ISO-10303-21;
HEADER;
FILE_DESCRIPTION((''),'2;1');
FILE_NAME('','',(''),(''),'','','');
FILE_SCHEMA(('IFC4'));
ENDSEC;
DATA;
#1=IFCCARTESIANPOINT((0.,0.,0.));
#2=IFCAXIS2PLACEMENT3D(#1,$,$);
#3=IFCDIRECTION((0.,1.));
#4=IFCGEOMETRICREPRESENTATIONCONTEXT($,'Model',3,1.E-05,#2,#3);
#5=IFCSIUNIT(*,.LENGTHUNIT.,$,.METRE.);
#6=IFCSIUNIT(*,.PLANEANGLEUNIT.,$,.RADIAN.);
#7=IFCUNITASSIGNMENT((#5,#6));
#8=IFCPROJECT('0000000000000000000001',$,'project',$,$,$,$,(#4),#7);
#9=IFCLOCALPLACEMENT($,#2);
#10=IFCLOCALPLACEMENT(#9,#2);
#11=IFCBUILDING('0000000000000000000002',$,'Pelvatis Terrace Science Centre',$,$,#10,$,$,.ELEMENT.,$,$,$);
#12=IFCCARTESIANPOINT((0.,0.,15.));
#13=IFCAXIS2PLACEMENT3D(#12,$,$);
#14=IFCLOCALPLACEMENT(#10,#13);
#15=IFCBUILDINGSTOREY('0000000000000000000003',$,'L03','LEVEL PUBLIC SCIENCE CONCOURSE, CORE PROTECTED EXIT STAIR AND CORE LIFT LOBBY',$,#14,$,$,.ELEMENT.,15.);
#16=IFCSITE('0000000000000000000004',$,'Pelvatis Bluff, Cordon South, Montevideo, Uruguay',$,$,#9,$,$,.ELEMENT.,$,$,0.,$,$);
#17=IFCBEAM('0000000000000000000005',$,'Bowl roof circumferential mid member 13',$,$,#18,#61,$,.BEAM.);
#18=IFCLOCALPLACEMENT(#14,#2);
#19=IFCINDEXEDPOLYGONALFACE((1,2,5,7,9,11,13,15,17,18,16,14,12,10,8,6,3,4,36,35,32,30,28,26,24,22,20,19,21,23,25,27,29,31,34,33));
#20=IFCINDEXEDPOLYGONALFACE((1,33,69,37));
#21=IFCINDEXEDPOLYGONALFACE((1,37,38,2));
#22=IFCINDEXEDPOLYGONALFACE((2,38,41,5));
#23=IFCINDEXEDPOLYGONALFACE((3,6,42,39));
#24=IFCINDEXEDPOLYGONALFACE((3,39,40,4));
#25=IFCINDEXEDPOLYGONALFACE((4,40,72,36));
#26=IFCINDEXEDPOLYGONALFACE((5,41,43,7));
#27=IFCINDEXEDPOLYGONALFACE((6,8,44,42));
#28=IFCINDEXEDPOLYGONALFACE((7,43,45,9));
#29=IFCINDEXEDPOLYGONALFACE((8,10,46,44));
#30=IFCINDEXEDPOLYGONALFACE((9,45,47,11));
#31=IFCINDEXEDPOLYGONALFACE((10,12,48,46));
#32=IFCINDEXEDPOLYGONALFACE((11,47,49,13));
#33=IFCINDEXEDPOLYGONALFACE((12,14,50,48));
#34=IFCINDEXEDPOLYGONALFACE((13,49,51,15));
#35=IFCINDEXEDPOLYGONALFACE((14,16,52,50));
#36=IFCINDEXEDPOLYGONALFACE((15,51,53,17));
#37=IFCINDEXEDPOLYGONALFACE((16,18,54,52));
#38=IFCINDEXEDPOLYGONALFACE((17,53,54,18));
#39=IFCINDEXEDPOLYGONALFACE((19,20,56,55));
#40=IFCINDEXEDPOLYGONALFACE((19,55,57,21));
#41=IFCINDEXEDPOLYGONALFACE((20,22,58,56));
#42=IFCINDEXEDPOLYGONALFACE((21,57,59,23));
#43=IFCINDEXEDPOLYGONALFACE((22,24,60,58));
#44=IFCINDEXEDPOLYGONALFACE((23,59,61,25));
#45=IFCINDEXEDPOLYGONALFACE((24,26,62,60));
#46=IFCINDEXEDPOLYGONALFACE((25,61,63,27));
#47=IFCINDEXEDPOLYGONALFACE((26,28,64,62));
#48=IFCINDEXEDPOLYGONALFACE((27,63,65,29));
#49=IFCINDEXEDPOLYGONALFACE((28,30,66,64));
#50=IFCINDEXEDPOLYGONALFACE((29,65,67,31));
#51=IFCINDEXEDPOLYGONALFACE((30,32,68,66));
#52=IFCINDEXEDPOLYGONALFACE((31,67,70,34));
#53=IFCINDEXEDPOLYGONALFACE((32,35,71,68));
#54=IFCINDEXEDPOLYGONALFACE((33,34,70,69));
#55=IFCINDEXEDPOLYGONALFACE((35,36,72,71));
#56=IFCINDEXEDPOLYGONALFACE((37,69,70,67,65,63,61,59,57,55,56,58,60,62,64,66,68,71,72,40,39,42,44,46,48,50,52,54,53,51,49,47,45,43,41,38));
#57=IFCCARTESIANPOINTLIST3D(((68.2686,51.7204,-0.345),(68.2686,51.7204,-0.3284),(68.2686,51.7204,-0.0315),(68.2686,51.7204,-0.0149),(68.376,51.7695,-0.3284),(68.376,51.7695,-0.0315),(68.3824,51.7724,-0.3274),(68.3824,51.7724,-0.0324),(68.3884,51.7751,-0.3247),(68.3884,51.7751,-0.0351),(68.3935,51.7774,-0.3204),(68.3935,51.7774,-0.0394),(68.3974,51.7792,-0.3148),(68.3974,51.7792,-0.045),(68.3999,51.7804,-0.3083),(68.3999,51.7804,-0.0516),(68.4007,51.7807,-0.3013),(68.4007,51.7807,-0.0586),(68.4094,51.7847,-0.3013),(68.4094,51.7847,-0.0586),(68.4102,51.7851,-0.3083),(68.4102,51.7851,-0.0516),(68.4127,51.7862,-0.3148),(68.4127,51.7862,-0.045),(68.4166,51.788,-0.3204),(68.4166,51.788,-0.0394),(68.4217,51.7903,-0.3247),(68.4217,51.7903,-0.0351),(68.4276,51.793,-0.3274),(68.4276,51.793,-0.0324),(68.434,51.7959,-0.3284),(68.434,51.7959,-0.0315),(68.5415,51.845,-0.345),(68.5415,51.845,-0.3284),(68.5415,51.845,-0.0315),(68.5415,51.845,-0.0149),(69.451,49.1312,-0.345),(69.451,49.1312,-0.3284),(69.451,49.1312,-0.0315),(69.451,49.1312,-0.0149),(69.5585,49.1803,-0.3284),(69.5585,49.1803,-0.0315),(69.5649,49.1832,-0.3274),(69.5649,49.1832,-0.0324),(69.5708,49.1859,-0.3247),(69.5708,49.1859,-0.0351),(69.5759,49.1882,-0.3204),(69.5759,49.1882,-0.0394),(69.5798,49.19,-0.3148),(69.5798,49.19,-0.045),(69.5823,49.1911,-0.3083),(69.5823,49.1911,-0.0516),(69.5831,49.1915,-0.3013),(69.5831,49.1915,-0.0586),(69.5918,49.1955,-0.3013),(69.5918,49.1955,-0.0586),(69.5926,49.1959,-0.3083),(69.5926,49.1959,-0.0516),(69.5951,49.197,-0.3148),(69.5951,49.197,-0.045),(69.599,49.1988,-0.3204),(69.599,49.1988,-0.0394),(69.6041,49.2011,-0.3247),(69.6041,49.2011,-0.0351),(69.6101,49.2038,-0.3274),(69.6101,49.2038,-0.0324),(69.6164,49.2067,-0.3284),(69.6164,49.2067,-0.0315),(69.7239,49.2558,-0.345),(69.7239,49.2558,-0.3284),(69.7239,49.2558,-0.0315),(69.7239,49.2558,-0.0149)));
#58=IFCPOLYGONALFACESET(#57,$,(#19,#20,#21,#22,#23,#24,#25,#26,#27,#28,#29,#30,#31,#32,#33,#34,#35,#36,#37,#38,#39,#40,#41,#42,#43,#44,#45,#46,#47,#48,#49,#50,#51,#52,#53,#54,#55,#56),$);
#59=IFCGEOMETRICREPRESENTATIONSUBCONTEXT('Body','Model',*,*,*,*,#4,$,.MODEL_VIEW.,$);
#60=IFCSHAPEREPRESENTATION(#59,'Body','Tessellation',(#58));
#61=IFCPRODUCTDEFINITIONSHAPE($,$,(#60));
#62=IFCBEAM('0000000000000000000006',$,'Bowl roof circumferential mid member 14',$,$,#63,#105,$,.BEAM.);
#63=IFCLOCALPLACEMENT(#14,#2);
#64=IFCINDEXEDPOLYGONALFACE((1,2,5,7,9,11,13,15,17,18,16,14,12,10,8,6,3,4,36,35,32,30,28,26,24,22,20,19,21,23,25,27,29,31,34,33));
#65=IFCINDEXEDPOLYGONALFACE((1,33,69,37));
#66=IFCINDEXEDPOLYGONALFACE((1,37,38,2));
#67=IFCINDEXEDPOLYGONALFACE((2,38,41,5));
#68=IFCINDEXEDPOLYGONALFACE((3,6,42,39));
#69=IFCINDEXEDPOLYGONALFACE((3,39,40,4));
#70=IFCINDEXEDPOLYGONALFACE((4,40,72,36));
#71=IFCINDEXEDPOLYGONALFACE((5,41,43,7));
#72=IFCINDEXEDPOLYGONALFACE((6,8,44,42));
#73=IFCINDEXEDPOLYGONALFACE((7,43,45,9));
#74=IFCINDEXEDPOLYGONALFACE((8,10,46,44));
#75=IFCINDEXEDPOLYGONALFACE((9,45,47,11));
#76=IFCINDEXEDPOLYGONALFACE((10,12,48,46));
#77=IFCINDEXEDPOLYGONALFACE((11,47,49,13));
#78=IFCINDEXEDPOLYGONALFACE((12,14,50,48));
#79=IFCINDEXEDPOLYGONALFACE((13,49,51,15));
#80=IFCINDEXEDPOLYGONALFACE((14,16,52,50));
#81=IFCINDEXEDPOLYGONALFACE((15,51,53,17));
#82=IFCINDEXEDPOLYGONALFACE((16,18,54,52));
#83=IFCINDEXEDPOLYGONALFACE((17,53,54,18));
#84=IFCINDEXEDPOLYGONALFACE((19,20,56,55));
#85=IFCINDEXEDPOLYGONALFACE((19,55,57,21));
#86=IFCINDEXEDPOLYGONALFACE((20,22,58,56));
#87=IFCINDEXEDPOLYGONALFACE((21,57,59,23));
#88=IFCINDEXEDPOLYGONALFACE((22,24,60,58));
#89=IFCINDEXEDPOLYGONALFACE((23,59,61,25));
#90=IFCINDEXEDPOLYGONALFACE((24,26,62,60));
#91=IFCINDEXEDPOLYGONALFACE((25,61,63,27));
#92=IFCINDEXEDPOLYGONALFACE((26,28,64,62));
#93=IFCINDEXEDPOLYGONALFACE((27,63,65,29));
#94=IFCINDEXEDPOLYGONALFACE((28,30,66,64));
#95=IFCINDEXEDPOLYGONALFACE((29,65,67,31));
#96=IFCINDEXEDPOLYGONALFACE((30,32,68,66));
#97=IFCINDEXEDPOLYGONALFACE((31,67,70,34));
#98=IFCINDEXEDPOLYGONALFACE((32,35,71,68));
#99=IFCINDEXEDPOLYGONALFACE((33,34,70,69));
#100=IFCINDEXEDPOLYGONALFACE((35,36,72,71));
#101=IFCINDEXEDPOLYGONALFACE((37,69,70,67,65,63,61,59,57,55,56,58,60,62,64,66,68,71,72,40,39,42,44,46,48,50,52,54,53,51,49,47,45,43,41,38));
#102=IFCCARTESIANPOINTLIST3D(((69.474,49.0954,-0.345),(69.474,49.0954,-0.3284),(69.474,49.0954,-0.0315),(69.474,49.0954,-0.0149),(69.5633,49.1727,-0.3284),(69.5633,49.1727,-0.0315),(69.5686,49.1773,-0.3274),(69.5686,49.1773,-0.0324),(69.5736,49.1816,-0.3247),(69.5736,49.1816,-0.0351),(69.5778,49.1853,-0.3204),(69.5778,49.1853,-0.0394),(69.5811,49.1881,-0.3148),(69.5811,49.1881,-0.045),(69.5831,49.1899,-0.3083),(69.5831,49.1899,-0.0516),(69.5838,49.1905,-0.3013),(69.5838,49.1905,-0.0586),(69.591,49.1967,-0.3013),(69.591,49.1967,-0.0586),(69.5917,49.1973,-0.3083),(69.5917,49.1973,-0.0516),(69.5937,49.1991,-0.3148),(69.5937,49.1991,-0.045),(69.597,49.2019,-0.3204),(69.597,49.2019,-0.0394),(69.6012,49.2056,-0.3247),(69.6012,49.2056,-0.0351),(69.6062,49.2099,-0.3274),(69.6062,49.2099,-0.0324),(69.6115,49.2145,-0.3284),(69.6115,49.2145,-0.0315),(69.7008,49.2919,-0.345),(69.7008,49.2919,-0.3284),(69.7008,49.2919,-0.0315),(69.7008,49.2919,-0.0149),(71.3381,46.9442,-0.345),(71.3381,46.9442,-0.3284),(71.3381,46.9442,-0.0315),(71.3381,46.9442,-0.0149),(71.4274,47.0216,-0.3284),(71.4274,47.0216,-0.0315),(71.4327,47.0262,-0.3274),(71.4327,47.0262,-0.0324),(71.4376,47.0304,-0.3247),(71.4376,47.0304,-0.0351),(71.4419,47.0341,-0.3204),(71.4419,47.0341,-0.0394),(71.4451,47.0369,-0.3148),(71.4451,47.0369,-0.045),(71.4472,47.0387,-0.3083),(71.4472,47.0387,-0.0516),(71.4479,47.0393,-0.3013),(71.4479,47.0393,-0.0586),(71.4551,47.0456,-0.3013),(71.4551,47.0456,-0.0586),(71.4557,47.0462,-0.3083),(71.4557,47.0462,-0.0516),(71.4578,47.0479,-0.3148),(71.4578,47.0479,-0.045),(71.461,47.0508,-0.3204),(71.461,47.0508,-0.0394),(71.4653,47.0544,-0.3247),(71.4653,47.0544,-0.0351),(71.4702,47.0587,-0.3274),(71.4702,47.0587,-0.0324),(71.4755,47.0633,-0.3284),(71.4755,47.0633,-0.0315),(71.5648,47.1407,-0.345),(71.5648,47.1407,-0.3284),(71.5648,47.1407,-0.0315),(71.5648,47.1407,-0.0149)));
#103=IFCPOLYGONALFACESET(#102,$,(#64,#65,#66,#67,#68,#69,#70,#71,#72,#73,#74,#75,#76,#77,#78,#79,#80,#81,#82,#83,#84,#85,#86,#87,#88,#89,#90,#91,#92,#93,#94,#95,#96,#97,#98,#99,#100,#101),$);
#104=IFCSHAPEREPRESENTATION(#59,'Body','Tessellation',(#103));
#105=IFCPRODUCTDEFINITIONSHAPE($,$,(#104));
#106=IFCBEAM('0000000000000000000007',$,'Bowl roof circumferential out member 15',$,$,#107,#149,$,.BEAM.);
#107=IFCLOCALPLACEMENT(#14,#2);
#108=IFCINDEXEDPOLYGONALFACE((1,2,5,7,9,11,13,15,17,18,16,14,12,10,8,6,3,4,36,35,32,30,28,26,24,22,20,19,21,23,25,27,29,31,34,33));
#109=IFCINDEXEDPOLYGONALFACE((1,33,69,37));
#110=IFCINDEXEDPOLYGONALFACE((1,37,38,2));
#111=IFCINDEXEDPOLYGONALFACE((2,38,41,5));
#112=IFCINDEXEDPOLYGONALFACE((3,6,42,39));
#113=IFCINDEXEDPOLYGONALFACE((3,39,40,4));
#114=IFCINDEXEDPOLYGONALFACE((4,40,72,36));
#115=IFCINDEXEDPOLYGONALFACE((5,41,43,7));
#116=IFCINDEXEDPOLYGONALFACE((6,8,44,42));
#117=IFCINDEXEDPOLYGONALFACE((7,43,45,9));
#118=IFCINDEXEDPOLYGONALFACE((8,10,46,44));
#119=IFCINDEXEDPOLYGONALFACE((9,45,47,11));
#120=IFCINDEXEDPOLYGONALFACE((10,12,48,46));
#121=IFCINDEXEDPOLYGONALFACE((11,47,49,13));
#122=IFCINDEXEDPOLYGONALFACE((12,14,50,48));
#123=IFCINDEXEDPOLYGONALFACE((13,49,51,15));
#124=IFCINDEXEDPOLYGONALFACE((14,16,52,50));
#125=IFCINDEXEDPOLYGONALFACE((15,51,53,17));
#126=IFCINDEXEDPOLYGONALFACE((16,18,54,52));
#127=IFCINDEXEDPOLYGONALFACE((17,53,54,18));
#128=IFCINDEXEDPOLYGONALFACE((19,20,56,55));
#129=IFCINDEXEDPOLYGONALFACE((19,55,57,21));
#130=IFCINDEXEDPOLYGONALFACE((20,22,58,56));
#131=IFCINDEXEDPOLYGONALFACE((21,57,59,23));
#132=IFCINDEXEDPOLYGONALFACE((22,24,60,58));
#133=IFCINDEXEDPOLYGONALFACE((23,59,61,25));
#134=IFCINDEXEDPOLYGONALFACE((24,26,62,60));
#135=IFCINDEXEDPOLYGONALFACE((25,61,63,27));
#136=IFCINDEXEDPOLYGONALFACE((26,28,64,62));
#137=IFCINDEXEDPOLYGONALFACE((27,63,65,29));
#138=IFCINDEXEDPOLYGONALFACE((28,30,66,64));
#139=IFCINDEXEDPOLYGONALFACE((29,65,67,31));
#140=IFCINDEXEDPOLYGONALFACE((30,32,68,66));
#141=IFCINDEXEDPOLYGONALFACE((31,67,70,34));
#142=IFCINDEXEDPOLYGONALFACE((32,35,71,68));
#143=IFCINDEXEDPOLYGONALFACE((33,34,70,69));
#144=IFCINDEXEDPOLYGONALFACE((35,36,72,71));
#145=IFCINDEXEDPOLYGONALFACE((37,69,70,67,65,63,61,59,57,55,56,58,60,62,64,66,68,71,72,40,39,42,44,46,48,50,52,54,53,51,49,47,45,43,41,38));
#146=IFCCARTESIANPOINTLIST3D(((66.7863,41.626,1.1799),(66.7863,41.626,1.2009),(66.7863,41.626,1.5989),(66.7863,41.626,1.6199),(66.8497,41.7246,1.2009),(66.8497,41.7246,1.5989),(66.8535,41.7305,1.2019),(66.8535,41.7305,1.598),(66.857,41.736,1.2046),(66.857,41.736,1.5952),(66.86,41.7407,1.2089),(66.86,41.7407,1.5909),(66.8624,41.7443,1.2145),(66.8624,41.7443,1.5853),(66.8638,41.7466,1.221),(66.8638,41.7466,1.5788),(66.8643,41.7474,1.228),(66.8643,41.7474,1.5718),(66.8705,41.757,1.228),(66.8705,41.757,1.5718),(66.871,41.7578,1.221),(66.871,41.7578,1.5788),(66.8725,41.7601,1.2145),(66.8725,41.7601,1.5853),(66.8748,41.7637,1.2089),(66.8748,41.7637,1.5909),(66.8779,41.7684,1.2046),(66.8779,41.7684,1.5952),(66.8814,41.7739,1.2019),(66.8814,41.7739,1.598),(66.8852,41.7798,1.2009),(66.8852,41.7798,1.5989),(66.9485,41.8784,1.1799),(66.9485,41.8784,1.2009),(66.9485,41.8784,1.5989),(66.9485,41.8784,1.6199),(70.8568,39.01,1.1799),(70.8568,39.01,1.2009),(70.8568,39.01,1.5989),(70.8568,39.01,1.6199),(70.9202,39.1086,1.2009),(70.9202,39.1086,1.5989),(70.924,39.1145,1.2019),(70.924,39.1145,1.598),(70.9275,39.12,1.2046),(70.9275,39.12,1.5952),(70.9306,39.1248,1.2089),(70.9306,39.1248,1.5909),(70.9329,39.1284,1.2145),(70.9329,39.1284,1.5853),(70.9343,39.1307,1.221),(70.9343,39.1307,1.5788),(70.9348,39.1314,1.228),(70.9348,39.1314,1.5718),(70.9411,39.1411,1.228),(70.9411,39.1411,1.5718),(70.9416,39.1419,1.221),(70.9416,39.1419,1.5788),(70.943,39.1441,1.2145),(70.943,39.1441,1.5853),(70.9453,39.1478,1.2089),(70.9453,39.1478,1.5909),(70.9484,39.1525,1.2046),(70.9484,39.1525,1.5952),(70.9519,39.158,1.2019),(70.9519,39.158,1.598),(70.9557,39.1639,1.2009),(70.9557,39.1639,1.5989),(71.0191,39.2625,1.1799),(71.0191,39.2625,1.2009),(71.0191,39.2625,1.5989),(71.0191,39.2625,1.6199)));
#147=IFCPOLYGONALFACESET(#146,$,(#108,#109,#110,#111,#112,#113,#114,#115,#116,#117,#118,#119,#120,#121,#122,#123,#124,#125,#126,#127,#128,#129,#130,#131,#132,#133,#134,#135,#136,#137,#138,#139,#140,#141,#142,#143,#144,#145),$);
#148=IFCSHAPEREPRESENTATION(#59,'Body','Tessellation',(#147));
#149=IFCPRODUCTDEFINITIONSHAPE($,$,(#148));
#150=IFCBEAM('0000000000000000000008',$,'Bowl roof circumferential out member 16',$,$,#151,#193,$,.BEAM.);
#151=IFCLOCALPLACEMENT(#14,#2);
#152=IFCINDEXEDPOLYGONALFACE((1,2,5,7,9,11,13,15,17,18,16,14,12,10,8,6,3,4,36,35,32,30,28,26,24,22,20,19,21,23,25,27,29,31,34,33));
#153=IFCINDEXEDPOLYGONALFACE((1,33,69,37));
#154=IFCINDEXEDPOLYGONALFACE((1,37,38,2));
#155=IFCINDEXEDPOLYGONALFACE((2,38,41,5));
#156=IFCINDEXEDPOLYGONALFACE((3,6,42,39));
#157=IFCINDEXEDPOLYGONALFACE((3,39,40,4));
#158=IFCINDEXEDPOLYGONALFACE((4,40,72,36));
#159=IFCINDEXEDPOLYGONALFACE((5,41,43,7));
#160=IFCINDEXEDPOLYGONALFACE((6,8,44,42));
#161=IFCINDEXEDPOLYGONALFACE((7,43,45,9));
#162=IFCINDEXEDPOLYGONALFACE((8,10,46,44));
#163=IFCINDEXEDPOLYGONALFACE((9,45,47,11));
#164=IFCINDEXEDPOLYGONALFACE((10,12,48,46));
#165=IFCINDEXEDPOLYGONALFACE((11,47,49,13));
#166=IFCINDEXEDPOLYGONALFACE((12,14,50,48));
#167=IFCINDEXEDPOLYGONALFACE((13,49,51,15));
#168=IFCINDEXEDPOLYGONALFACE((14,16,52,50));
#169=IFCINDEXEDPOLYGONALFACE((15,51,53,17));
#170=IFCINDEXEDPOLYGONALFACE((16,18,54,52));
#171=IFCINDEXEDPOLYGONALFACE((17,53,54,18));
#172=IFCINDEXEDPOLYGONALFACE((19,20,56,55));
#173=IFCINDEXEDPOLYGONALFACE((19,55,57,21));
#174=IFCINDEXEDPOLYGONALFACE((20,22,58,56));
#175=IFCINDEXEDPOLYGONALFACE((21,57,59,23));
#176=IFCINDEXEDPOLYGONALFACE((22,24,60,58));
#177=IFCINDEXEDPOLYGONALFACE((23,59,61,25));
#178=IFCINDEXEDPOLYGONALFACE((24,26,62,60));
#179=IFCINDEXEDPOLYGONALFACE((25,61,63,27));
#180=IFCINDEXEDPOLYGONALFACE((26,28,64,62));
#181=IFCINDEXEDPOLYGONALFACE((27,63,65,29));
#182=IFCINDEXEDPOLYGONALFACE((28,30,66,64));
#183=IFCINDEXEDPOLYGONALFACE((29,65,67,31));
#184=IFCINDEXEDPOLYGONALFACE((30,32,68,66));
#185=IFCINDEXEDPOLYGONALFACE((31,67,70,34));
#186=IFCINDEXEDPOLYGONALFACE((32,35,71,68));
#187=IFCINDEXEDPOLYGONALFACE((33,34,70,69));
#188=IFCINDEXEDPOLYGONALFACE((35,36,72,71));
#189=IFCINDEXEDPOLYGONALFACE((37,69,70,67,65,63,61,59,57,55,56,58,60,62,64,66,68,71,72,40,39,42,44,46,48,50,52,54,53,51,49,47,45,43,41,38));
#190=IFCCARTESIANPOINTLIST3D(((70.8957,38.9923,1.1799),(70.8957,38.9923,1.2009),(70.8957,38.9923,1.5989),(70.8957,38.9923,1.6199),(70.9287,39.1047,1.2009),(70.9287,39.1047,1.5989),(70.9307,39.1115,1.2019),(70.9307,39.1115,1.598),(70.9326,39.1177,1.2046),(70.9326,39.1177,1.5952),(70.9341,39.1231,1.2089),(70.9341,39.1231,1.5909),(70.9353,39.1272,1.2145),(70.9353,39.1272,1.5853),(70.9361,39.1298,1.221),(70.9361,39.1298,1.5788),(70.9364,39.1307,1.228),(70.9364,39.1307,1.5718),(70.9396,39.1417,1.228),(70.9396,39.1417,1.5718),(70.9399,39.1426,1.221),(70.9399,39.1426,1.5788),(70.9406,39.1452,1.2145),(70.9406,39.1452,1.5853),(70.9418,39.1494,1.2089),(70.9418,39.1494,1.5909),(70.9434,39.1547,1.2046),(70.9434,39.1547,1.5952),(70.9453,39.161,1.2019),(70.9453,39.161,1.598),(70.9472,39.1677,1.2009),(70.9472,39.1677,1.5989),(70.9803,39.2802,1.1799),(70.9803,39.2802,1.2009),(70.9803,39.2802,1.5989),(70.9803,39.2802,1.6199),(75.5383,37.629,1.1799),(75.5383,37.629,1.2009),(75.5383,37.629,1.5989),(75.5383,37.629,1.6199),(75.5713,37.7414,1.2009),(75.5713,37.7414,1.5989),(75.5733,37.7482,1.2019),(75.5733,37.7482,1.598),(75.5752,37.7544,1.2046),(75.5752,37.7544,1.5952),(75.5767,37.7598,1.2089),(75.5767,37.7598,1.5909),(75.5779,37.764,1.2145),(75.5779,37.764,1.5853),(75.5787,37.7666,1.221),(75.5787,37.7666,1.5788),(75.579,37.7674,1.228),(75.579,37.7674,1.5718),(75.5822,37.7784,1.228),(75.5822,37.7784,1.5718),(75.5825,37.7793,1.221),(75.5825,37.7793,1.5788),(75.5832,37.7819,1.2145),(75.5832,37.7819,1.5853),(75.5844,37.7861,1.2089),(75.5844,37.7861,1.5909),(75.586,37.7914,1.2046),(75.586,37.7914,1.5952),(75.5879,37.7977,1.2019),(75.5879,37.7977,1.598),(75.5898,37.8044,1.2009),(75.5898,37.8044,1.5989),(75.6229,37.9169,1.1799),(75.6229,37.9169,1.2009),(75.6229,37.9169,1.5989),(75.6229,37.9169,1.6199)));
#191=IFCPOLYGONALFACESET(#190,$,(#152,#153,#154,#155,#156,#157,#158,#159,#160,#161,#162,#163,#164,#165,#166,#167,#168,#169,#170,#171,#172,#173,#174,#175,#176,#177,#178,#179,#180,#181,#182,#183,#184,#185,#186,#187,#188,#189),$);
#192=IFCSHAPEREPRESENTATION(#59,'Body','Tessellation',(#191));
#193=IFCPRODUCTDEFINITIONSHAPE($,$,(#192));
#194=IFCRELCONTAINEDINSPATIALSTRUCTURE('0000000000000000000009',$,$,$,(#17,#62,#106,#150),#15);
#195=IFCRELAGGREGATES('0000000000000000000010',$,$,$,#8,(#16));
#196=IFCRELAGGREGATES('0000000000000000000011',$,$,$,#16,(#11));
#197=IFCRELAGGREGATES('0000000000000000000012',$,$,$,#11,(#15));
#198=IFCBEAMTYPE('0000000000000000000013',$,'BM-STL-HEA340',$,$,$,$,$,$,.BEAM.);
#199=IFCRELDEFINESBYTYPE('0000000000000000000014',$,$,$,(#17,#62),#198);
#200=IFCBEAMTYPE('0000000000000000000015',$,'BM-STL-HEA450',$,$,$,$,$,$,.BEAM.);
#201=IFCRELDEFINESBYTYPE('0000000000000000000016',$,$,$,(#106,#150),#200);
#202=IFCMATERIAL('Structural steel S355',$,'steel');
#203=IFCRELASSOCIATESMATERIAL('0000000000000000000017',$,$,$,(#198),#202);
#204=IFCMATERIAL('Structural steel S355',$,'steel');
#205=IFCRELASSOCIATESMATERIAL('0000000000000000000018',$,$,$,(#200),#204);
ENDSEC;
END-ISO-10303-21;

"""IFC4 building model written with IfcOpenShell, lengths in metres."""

from ifc_helpers import new_model, si_unit, direction, frame, origin, origin_2d, place, context, subcontext, project, spatial, i_section, extrude, material, material_profile, profile_set, type_object, element, save


model = new_model("IFC4")

# Units and contexts
model_context = context("Model", 3, precision=1e-05, world=origin(), true_north=direction((0.0, 1.0)))
body_context = subcontext(model_context, "Body", "Model", "MODEL_VIEW")
ifc_project = project(units=[si_unit("LENGTHUNIT", "METRE"), si_unit("PLANEANGLEUNIT", "RADIAN")], contexts=[model_context])

# Site, building, storey
site_placement = place(None, origin())
site = spatial("IfcSite", under=ifc_project, at=site_placement, Name="Pelvatis Bluff, Cordon South, Montevideo, Uruguay", CompositionType="ELEMENT", RefElevation=0.0)
building_placement = place(site_placement, origin())
building = spatial("IfcBuilding", under=site, at=building_placement, Name="Pelvatis Terrace Science Centre", CompositionType="ELEMENT")
storey_placement = place(building_placement, frame((0.0, 0.0, 15.0)))
storey = spatial("IfcBuildingStorey", under=building, at=storey_placement, Name="L03", Description="LEVEL PUBLIC SCIENCE CONCOURSE, CORE PROTECTED EXIT STAIR AND CORE LIFT LOBBY", CompositionType="ELEMENT", Elevation=15.0)

# Beams
ifc_material_1 = material(Name="Structural steel S355", Category="steel")
ifc_material_profile_1 = material_profile(ifc_material_1, i_section(OverallWidth=0.3, OverallDepth=0.3301, WebThickness=0.0095, FlangeThickness=0.0166, FilletRadius=0.0271, at=origin_2d()), Name="HEA 340")
ifc_profile_set_1 = profile_set([ifc_material_profile_1], Name="Structural steel S355")
beam_type_1 = type_object("IfcBeamType", Name="BM-STL-HEA340", PredefinedType="BEAM", material=ifc_profile_set_1)
for number, where, z_axis, x_axis, name in (
    (1, (68.405, 51.7827, -0.1799), (0.415405, -0.909637, 0.0), (0.909637, 0.415405, 0.0), "Bowl roof circumferential mid member 13"),
    (2, (69.5874, 49.1936, -0.1799), (0.654872, -0.75574, 0.0), (0.75574, 0.654872, 0.0), "Bowl roof circumferential mid member 14"),
):
    element("IfcBeam", number, at=place(storey_placement, frame(where, z_axis=z_axis, x_axis=x_axis)), inside=storey, type_object=beam_type_1, Name=name, PredefinedType="BEAM", context=body_context, shape_type="SweptSolid", body=[
        extrude(i_section(OverallWidth=0.3, OverallDepth=0.3301, WebThickness=0.0095, FlangeThickness=0.0166, FilletRadius=0.0271, at=origin_2d()), origin(), (0.0, 0.0, 1.0), 2.8464),
    ])
ifc_material_2 = material(Name="Structural steel S355", Category="steel")
ifc_material_profile_2 = material_profile(ifc_material_2, i_section(OverallWidth=0.3, OverallDepth=0.4399, WebThickness=0.0115, FlangeThickness=0.021, FilletRadius=0.0271, at=origin_2d()), Name="HEA 450")
ifc_profile_set_2 = profile_set([ifc_material_profile_2], Name="Structural steel S355")
beam_type_2 = type_object("IfcBeamType", Name="BM-STL-HEA450", PredefinedType="BEAM", material=ifc_profile_set_2)
for number, where, z_axis, x_axis, name in (
    (3, (66.8674, 41.7522, 1.3999), (0.841256, -0.540638, 0.0), (0.540638, 0.841256, 0.0), "Bowl roof circumferential out member 15"),
    (4, (70.938, 39.1362, 1.3999), (0.959488, -0.281751, 0.0), (0.281751, 0.959488, 0.0), "Bowl roof circumferential out member 16"),
):
    element("IfcBeam", number, at=place(storey_placement, frame(where, z_axis=z_axis, x_axis=x_axis)), inside=storey, type_object=beam_type_2, Name=name, PredefinedType="BEAM", context=body_context, shape_type="SweptSolid", body=[
        extrude(i_section(OverallWidth=0.3, OverallDepth=0.4399, WebThickness=0.0115, FlangeThickness=0.021, FilletRadius=0.0271, at=origin_2d()), origin(), (0.0, 0.0, 1.0), 4.8386),
    ])

save(model, "model.ifc")
